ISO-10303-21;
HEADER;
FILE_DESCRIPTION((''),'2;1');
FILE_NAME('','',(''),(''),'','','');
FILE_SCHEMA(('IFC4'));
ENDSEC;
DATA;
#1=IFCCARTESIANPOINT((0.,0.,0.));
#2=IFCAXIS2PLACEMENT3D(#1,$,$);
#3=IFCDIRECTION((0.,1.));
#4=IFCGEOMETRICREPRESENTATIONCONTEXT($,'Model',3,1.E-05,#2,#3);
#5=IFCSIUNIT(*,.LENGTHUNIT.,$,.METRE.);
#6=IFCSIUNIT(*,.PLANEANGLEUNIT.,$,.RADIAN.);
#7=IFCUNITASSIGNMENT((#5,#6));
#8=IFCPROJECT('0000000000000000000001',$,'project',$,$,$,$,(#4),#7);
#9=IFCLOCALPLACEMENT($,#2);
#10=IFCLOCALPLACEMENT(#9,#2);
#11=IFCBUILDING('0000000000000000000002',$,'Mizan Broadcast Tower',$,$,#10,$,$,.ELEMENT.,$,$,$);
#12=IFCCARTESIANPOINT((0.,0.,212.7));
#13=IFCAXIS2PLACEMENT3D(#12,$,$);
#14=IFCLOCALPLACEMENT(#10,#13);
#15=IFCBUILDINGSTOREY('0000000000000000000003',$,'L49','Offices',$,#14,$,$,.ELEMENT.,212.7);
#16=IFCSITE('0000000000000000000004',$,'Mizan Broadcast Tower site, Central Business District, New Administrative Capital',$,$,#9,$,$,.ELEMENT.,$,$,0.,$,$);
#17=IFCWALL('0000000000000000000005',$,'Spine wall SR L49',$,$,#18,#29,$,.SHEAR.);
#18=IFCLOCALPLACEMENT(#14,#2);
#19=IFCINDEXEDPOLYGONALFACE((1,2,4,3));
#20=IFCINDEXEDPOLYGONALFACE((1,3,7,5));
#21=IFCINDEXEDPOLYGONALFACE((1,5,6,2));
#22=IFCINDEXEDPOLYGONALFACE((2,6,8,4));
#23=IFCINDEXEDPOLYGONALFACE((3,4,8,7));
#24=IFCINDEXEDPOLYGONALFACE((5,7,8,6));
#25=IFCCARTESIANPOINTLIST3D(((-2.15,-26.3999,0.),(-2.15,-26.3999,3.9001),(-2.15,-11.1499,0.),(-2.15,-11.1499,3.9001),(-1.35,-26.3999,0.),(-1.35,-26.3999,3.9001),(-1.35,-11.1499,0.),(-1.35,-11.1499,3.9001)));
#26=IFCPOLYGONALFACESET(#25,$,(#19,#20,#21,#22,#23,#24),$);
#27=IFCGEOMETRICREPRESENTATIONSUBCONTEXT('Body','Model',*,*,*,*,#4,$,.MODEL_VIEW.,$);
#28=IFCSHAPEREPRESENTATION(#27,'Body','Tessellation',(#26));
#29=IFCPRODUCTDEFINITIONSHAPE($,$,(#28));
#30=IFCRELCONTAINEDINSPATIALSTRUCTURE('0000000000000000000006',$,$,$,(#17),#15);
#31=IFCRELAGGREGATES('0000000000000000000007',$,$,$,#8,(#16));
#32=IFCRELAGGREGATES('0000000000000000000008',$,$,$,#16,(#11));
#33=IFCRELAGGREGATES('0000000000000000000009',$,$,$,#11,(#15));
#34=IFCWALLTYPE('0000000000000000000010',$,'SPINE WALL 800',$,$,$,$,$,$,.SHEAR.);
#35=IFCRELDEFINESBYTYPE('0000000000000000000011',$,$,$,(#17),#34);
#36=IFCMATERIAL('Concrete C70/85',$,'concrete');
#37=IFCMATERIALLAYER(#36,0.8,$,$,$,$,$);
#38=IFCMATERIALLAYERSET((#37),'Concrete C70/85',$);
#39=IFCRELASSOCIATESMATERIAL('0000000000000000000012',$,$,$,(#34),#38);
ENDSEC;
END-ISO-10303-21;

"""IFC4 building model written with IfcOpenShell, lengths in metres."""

from ifc_helpers import new_model, si_unit, direction, frame, frame_2d, origin, place, context, subcontext, project, spatial, rectangle, extrude, material, layer, layer_set, type_object, element, save


model = new_model("IFC4")

# Units and contexts
model_context = context("Model", 3, precision=1e-05, world=origin(), true_north=direction((0.0, 1.0)))
body_context = subcontext(model_context, "Body", "Model", "MODEL_VIEW")
ifc_project = project(units=[si_unit("LENGTHUNIT", "METRE"), si_unit("PLANEANGLEUNIT", "RADIAN")], contexts=[model_context])

# Site, building, storey
site_placement = place(None, origin())
site = spatial("IfcSite", under=ifc_project, at=site_placement, Name="Mizan Broadcast Tower site, Central Business District, New Administrative Capital", CompositionType="ELEMENT", RefElevation=0.0)
building_placement = place(site_placement, origin())
building = spatial("IfcBuilding", under=site, at=building_placement, Name="Mizan Broadcast Tower", CompositionType="ELEMENT")
storey_placement = place(building_placement, frame((0.0, 0.0, 212.7)))
storey = spatial("IfcBuildingStorey", under=building, at=storey_placement, Name="L49", Description="Offices", CompositionType="ELEMENT", Elevation=212.7)

# Wall
ifc_material_1 = material(Name="Concrete C70/85", Category="concrete")
ifc_layer_1 = layer(ifc_material_1, 0.8)
ifc_layer_set_1 = layer_set([ifc_layer_1], Name="Concrete C70/85")
wall_type_1 = type_object("IfcWallType", Name="SPINE WALL 800", PredefinedType="SHEAR", material=ifc_layer_set_1)
wall_1_placement = place(storey_placement, frame((-1.75, -11.1499, 0.0), z_axis=(0.0, 0.0, 1.0), x_axis=(0.0, -1.0, 0.0)))
element("IfcWall", 1, at=wall_1_placement, inside=storey, type_object=wall_type_1, Name="Spine wall SR L49", PredefinedType="SHEAR", context=body_context, shape_type="SweptSolid", body=[
    extrude(rectangle(XDim=15.25, YDim=0.8, at=frame_2d((7.625, 0.0))), origin(), (0.0, 0.0, 1.0), 3.9001),
])

save(model, "model.ifc")
